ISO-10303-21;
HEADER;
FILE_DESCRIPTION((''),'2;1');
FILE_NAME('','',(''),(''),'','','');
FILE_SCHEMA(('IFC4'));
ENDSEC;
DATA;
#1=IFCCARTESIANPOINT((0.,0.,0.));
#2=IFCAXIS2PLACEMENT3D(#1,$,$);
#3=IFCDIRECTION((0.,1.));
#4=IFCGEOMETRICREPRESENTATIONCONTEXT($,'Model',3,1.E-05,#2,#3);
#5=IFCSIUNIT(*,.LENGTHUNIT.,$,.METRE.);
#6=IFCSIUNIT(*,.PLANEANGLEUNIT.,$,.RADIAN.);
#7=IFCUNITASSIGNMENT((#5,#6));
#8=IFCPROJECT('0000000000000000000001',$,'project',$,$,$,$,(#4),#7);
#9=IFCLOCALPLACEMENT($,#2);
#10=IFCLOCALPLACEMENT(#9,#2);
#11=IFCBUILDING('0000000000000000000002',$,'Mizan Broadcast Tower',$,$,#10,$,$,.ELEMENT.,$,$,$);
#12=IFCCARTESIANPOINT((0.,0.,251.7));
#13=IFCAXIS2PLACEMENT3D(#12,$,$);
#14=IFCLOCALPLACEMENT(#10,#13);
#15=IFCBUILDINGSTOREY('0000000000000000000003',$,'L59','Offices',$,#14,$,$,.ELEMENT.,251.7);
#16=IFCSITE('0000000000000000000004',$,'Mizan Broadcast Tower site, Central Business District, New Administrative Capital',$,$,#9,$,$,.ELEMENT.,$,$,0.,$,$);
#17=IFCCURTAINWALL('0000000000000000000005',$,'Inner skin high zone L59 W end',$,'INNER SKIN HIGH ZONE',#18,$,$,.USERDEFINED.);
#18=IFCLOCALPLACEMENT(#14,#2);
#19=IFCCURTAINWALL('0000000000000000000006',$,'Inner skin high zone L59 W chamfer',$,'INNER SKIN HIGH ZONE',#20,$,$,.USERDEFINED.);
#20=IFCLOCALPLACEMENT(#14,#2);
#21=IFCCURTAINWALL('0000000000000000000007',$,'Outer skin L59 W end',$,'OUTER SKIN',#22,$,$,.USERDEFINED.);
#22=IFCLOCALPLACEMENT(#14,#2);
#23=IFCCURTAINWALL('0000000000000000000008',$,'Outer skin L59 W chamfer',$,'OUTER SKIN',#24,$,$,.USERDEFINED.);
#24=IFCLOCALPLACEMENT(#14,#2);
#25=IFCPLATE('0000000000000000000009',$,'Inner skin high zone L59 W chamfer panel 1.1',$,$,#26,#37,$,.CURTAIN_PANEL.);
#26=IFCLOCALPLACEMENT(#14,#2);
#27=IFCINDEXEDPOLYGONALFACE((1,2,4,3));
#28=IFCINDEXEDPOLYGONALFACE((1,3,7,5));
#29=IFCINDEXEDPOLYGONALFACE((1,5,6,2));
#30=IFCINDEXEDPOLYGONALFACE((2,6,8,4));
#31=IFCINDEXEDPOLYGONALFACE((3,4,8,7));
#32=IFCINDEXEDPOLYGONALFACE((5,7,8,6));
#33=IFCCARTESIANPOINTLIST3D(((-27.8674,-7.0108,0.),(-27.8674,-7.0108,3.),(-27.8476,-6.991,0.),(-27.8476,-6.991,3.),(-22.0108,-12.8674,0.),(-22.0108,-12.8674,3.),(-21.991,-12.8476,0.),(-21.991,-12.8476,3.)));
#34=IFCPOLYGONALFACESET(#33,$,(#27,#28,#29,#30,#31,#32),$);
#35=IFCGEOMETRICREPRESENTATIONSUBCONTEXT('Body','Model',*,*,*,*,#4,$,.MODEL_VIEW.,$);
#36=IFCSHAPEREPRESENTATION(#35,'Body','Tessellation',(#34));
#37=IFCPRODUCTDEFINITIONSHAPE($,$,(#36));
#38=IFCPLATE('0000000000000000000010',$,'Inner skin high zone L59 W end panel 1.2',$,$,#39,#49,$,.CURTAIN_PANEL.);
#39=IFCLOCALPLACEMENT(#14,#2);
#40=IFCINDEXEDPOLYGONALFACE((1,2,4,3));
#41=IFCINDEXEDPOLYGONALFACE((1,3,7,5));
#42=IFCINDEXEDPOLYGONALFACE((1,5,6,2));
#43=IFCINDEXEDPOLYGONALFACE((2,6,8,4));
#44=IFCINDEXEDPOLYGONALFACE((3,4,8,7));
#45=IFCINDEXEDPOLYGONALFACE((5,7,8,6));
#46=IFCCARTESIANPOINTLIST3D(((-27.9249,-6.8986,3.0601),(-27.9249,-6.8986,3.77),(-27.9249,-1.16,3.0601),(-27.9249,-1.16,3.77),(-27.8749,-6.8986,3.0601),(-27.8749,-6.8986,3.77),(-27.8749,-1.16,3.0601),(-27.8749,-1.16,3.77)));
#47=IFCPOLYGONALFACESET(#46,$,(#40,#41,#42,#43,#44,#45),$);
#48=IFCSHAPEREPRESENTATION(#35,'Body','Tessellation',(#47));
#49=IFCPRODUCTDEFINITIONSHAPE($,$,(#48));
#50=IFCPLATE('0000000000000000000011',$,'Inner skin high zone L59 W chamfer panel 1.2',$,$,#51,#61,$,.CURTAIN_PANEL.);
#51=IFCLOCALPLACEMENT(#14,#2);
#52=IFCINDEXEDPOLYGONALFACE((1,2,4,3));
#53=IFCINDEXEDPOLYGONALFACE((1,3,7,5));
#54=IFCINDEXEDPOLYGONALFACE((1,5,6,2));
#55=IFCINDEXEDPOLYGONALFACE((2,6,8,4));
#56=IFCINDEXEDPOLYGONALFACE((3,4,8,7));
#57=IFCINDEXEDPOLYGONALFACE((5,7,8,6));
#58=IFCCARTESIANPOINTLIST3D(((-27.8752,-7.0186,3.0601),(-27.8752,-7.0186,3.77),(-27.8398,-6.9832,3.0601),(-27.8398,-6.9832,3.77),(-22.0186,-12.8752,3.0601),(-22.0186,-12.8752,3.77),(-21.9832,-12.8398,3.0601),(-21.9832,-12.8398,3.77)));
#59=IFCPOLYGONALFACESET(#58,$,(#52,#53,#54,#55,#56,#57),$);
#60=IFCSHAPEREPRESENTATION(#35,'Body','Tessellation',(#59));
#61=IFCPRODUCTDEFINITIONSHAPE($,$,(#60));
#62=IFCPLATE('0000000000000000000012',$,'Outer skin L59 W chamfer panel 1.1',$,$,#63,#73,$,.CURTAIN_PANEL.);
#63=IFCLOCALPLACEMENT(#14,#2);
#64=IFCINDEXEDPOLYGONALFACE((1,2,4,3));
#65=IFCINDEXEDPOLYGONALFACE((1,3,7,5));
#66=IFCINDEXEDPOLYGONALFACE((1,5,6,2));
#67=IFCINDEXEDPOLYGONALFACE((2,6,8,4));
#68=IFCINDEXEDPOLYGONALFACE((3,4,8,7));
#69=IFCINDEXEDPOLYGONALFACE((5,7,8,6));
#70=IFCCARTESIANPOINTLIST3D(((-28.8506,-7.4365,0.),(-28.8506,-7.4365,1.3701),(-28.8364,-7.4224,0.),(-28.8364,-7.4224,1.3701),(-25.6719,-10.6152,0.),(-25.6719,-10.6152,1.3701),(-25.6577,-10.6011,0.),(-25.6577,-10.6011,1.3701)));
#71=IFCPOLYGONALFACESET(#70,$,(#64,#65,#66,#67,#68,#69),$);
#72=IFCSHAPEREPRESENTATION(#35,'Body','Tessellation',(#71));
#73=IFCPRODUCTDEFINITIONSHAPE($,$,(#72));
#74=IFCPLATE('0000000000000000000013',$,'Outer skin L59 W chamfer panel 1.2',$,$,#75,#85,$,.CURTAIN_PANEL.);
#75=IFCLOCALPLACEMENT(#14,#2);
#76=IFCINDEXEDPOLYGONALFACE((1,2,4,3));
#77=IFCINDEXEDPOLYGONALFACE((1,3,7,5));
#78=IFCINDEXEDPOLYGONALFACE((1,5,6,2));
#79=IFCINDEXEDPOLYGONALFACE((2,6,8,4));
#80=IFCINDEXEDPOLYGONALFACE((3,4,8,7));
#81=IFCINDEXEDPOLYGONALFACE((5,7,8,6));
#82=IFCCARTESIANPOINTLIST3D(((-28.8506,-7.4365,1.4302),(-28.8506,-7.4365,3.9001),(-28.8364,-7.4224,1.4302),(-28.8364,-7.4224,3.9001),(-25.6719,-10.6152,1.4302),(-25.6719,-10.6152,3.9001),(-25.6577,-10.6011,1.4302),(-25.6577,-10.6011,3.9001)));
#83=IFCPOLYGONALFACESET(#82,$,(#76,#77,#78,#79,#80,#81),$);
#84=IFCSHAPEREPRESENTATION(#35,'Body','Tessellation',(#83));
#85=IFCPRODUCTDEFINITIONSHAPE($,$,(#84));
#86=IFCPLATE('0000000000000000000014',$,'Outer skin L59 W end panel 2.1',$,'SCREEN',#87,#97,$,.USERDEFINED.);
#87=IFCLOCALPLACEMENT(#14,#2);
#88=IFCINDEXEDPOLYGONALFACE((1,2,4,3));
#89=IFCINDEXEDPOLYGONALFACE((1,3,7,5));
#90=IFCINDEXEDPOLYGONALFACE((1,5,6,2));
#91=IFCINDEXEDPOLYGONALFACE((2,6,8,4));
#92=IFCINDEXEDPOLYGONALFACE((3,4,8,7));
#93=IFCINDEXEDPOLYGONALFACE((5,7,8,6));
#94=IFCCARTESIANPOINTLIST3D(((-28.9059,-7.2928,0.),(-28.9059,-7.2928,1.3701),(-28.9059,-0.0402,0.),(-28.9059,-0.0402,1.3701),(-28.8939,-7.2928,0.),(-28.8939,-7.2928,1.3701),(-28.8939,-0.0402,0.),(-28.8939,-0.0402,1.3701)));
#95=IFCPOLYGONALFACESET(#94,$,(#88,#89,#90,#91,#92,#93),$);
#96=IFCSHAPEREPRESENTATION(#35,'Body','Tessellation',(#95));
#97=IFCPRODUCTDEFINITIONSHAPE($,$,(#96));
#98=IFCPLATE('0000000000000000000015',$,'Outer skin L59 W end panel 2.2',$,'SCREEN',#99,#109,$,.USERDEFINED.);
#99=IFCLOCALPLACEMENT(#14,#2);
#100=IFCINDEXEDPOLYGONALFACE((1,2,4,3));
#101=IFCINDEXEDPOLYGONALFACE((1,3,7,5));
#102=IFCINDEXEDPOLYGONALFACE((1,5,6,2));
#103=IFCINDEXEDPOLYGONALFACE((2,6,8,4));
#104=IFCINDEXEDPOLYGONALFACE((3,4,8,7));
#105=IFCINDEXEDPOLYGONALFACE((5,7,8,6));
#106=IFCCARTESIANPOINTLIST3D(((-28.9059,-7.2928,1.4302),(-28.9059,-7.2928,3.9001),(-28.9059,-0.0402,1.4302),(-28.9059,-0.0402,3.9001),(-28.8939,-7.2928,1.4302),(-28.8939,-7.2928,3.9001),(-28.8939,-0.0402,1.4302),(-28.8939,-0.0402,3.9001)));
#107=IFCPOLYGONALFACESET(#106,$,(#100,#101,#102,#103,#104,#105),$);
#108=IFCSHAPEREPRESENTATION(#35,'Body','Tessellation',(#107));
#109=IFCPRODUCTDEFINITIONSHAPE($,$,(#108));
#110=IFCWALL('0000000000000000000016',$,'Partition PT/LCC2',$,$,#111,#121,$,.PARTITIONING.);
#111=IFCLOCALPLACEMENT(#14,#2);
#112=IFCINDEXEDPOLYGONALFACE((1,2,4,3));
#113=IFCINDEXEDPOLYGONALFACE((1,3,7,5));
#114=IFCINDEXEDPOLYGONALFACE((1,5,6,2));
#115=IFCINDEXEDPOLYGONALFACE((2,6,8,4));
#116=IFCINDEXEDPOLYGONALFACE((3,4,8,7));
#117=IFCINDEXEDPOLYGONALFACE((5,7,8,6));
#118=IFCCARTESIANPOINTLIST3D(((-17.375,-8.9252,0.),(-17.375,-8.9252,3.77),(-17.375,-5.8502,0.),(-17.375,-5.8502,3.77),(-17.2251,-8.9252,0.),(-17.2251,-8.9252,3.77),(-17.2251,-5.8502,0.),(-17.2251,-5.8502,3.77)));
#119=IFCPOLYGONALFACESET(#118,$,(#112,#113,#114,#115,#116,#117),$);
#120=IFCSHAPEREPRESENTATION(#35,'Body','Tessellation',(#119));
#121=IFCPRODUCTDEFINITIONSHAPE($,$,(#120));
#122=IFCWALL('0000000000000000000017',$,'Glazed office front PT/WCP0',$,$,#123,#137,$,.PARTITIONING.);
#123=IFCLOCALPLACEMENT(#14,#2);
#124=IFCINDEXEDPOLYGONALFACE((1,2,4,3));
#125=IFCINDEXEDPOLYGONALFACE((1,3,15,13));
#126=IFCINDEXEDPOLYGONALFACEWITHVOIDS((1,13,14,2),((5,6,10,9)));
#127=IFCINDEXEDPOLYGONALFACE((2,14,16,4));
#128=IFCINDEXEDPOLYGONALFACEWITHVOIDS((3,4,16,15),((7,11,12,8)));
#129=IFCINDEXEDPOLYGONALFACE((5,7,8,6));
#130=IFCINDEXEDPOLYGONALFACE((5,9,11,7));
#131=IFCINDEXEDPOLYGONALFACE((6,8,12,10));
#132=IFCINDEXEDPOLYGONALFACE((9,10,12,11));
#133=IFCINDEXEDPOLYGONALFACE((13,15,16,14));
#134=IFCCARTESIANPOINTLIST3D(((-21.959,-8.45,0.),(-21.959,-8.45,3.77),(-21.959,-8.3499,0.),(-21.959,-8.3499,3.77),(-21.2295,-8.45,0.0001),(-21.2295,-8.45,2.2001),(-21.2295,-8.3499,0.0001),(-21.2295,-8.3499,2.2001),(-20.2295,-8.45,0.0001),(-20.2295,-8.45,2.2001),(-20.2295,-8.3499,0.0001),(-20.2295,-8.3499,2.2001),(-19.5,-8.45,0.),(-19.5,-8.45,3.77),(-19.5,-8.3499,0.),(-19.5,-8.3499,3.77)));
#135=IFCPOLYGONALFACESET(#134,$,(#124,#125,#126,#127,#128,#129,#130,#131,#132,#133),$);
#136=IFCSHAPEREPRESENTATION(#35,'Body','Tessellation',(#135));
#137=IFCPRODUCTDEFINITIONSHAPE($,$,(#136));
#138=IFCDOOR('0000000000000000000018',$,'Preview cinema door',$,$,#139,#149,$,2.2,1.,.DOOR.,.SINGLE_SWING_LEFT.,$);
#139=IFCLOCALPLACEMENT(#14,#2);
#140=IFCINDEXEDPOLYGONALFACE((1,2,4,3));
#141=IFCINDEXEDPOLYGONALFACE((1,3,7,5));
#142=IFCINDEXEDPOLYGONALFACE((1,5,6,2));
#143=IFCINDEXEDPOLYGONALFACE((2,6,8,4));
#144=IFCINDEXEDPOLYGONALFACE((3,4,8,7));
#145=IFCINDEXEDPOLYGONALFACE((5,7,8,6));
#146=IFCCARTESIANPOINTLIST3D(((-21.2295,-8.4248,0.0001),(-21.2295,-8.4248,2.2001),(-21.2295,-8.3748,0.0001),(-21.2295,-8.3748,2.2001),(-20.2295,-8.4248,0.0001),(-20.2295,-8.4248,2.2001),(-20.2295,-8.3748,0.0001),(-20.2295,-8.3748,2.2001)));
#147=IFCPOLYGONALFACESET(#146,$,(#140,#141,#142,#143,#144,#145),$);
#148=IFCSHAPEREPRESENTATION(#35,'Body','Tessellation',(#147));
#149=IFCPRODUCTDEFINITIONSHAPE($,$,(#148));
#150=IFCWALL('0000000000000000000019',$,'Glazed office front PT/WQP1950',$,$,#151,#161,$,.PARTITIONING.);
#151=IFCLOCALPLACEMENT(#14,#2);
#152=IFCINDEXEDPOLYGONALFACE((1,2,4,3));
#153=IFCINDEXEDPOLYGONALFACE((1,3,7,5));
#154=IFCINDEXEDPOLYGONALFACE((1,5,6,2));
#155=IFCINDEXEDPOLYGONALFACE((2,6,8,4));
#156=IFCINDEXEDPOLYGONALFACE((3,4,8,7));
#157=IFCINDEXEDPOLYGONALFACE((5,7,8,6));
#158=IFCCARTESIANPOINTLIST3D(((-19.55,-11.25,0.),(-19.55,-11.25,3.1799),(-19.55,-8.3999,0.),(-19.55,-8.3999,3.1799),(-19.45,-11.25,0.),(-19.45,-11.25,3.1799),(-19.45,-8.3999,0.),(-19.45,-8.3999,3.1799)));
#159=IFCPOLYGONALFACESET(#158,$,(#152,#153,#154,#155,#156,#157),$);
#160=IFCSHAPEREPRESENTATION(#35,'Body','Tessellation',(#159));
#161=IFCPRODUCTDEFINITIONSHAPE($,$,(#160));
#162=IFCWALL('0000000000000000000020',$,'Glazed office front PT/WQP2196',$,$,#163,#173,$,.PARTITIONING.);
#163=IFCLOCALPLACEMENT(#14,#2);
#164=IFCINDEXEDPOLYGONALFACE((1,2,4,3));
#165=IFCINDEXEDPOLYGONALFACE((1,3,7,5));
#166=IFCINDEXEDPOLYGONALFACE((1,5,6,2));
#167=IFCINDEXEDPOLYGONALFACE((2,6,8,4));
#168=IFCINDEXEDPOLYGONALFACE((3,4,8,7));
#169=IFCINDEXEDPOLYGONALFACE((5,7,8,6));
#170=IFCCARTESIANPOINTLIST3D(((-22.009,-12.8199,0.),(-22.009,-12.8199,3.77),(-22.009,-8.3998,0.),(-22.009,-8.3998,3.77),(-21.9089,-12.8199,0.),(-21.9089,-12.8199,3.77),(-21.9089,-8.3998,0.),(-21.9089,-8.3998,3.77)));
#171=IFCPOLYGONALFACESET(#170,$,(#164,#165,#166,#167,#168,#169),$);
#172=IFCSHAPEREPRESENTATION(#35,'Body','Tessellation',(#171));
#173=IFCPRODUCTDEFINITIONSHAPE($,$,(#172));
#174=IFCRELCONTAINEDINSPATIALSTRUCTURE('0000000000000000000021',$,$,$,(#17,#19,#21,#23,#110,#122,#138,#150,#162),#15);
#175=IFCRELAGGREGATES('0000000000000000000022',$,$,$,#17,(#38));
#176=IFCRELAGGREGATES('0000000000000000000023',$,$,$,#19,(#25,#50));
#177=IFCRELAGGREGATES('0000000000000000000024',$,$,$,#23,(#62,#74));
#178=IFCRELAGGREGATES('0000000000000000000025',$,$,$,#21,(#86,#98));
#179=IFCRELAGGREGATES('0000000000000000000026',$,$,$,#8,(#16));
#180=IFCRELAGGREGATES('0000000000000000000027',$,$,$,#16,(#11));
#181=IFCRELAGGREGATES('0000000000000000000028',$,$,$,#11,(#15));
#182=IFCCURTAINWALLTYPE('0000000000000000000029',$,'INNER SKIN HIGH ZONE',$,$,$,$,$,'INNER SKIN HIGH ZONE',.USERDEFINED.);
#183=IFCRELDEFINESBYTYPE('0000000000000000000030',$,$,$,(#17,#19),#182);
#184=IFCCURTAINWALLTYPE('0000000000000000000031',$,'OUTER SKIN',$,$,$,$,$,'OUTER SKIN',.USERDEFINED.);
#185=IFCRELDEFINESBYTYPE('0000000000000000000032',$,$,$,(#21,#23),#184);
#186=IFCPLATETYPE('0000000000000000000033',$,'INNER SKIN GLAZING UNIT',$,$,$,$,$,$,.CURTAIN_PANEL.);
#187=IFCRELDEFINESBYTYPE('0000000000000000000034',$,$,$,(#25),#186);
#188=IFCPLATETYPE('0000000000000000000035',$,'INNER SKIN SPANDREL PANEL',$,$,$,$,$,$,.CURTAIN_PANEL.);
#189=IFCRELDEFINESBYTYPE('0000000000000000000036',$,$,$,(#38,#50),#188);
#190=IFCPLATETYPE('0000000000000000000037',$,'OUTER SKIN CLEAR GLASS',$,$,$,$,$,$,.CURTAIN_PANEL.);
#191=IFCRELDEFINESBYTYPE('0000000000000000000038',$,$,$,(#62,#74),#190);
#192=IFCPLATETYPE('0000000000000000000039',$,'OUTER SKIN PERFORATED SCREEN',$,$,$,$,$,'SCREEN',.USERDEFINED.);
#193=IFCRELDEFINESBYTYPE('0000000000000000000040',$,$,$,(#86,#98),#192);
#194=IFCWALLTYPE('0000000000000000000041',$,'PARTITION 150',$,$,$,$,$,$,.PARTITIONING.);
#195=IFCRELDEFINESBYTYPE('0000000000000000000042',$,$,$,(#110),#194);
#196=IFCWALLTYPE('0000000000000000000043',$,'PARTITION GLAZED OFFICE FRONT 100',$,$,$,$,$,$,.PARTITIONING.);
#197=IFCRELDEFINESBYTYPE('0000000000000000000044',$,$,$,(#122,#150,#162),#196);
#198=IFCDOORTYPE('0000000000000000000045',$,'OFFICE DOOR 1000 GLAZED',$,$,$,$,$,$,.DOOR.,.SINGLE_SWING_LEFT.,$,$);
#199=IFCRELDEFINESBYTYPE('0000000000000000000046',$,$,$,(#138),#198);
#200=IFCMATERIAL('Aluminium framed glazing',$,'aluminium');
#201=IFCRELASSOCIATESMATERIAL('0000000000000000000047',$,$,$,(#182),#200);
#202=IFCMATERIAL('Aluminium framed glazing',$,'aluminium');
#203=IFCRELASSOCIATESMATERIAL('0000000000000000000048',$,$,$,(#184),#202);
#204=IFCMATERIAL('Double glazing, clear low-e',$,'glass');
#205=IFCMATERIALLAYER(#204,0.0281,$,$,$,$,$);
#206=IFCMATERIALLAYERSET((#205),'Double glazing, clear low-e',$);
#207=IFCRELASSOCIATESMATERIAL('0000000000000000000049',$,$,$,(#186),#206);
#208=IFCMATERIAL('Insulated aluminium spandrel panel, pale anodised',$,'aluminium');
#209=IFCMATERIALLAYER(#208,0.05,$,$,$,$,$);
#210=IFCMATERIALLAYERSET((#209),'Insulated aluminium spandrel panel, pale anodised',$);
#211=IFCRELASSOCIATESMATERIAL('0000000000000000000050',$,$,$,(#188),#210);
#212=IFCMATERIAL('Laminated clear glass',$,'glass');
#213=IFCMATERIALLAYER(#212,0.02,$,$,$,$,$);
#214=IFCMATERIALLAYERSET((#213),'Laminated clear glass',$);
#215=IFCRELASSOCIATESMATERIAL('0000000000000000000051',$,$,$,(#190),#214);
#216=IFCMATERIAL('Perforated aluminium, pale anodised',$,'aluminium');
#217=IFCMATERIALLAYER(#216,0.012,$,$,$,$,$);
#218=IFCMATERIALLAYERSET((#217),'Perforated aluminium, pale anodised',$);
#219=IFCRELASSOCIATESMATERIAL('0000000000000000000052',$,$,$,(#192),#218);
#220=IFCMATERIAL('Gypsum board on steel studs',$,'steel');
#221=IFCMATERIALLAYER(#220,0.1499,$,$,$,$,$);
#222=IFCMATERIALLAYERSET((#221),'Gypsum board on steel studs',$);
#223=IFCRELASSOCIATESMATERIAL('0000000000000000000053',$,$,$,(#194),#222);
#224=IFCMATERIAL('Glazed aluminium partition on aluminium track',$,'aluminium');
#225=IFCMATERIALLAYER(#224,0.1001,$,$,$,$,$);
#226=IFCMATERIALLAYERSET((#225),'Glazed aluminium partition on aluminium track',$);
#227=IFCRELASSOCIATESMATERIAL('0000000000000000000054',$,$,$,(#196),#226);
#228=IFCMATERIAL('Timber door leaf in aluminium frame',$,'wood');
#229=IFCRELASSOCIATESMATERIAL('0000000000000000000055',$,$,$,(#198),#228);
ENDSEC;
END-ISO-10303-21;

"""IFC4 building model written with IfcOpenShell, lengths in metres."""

from ifc_helpers import new_model, si_unit, direction, frame, frame_2d, origin, origin_2d, place, context, subcontext, project, spatial, rectangle, extrude, material, layer, layer_set, type_object, element, fill, aggregate, save


model = new_model("IFC4")

# Units and contexts
model_context = context("Model", 3, precision=1e-05, world=origin(), true_north=direction((0.0, 1.0)))
body_context = subcontext(model_context, "Body", "Model", "MODEL_VIEW")
ifc_project = project(units=[si_unit("LENGTHUNIT", "METRE"), si_unit("PLANEANGLEUNIT", "RADIAN")], contexts=[model_context])

# Site, building, storey
site_placement = place(None, origin())
site = spatial("IfcSite", under=ifc_project, at=site_placement, Name="Mizan Broadcast Tower site, Central Business District, New Administrative Capital", CompositionType="ELEMENT", RefElevation=0.0)
building_placement = place(site_placement, origin())
building = spatial("IfcBuilding", under=site, at=building_placement, Name="Mizan Broadcast Tower", CompositionType="ELEMENT")
storey_placement = place(building_placement, frame((0.0, 0.0, 251.7)))
storey = spatial("IfcBuildingStorey", under=building, at=storey_placement, Name="L59", Description="Offices", CompositionType="ELEMENT", Elevation=251.7)

# Curtain wall
ifc_material_1 = material(Name="Aluminium framed glazing", Category="aluminium")
curtain_wall_type_1 = type_object("IfcCurtainWallType", Name="INNER SKIN HIGH ZONE", ElementType="INNER SKIN HIGH ZONE", PredefinedType="USERDEFINED", material=ifc_material_1)
curtain_wall_1_placement = place(storey_placement, origin())
curtain_wall_1 = element("IfcCurtainWall", 1, at=curtain_wall_1_placement, inside=storey, type_object=curtain_wall_type_1, Name="Inner skin high zone L59 W end", ObjectType="INNER SKIN HIGH ZONE", PredefinedType="USERDEFINED")

# Curtain walls
curtain_wall_2_placement = place(storey_placement, origin())
curtain_wall_2 = element("IfcCurtainWall", 2, at=curtain_wall_2_placement, inside=storey, type_object=curtain_wall_type_1, Name="Inner skin high zone L59 W chamfer", ObjectType="INNER SKIN HIGH ZONE", PredefinedType="USERDEFINED")
ifc_material_2 = material(Name="Aluminium framed glazing", Category="aluminium")
curtain_wall_type_2 = type_object("IfcCurtainWallType", Name="OUTER SKIN", ElementType="OUTER SKIN", PredefinedType="USERDEFINED", material=ifc_material_2)
curtain_wall_3_placement = place(storey_placement, origin())
curtain_wall_3 = element("IfcCurtainWall", 3, at=curtain_wall_3_placement, inside=storey, type_object=curtain_wall_type_2, Name="Outer skin L59 W end", ObjectType="OUTER SKIN", PredefinedType="USERDEFINED")
curtain_wall_4_placement = place(storey_placement, origin())
curtain_wall_4 = element("IfcCurtainWall", 4, at=curtain_wall_4_placement, inside=storey, type_object=curtain_wall_type_2, Name="Outer skin L59 W chamfer", ObjectType="OUTER SKIN", PredefinedType="USERDEFINED")

# Plates
ifc_material_3 = material(Name="Double glazing, clear low-e", Category="glass")
ifc_layer_1 = layer(ifc_material_3, 0.0281)
ifc_layer_set_1 = layer_set([ifc_layer_1], Name="Double glazing, clear low-e")
plate_type_1 = type_object("IfcPlateType", Name="INNER SKIN GLAZING UNIT", PredefinedType="CURTAIN_PANEL", material=ifc_layer_set_1)
plate_1_placement = place(storey_placement, frame((-24.9292, -9.9292, 0.0), z_axis=(0.0, 0.0, 1.0), x_axis=(0.707107, -0.707107, 0.0)))
plate_1 = element("IfcPlate", 5, at=plate_1_placement, type_object=plate_type_1, Name="Inner skin high zone L59 W chamfer panel 1.1", PredefinedType="CURTAIN_PANEL", context=body_context, shape_type="SweptSolid", body=[
    extrude(rectangle(XDim=8.2825, YDim=0.0281, at=origin_2d()), origin(), (0.0, 0.0, 1.0), 3.0),
])
ifc_material_4 = material(Name="Insulated aluminium spandrel panel, pale anodised", Category="aluminium")
ifc_layer_2 = layer(ifc_material_4, 0.05)
ifc_layer_set_2 = layer_set([ifc_layer_2], Name="Insulated aluminium spandrel panel, pale anodised")
plate_type_2 = type_object("IfcPlateType", Name="INNER SKIN SPANDREL PANEL", PredefinedType="CURTAIN_PANEL", material=ifc_layer_set_2)
plate_2_placement = place(storey_placement, frame((-27.8999, -4.0293, 3.0601), z_axis=(0.0, 0.0, 1.0), x_axis=(0.0, -1.0, 0.0)))
plate_2 = element("IfcPlate", 6, at=plate_2_placement, type_object=plate_type_2, Name="Inner skin high zone L59 W end panel 1.2", PredefinedType="CURTAIN_PANEL", context=body_context, shape_type="SweptSolid", body=[
    extrude(rectangle(XDim=5.7385, YDim=0.05, at=origin_2d()), origin(), (0.0, 0.0, 1.0), 0.71),
])
aggregate(curtain_wall_1, [plate_2])
plate_3_placement = place(storey_placement, frame((-24.9292, -9.9292, 3.0601), z_axis=(0.0, 0.0, 1.0), x_axis=(0.707107, -0.707107, 0.0)))
plate_3 = element("IfcPlate", 7, at=plate_3_placement, type_object=plate_type_2, Name="Inner skin high zone L59 W chamfer panel 1.2", PredefinedType="CURTAIN_PANEL", context=body_context, shape_type="SweptSolid", body=[
    extrude(rectangle(XDim=8.2825, YDim=0.05, at=origin_2d()), origin(), (0.0, 0.0, 1.0), 0.71),
])
aggregate(curtain_wall_2, [plate_1, plate_3])
ifc_material_5 = material(Name="Laminated clear glass", Category="glass")
ifc_layer_3 = layer(ifc_material_5, 0.02)
ifc_layer_set_3 = layer_set([ifc_layer_3], Name="Laminated clear glass")
plate_type_3 = type_object("IfcPlateType", Name="OUTER SKIN CLEAR GLASS", PredefinedType="CURTAIN_PANEL", material=ifc_layer_set_3)
plate_4_placement = place(storey_placement, frame((-27.2542, -9.0188, 0.0), z_axis=(0.0, 0.0, 1.0), x_axis=(0.707107, -0.707107, 0.0)))
plate_4 = element("IfcPlate", 8, at=plate_4_placement, type_object=plate_type_3, Name="Outer skin L59 W chamfer panel 1.1", PredefinedType="CURTAIN_PANEL", context=body_context, shape_type="SweptSolid", body=[
    extrude(rectangle(XDim=4.4954, YDim=0.02, at=origin_2d()), origin(), (0.0, 0.0, 1.0), 1.3701),
])
plate_5_placement = place(storey_placement, frame((-27.2542, -9.0188, 1.4302), z_axis=(0.0, 0.0, 1.0), x_axis=(0.707107, -0.707107, 0.0)))
plate_5 = element("IfcPlate", 9, at=plate_5_placement, type_object=plate_type_3, Name="Outer skin L59 W chamfer panel 1.2", PredefinedType="CURTAIN_PANEL", context=body_context, shape_type="SweptSolid", body=[
    extrude(rectangle(XDim=4.4954, YDim=0.02, at=origin_2d()), origin(), (0.0, 0.0, 1.0), 2.47),
])
aggregate(curtain_wall_4, [plate_4, plate_5])
ifc_material_6 = material(Name="Perforated aluminium, pale anodised", Category="aluminium")
ifc_layer_4 = layer(ifc_material_6, 0.012)
ifc_layer_set_4 = layer_set([ifc_layer_4], Name="Perforated aluminium, pale anodised")
plate_type_4 = type_object("IfcPlateType", Name="OUTER SKIN PERFORATED SCREEN", ElementType="SCREEN", PredefinedType="USERDEFINED", material=ifc_layer_set_4)
plate_6_placement = place(storey_placement, frame((-28.8999, -3.6665, 0.0), z_axis=(0.0, 0.0, 1.0), x_axis=(0.0, -1.0, 0.0)))
plate_6 = element("IfcPlate", 10, at=plate_6_placement, type_object=plate_type_4, Name="Outer skin L59 W end panel 2.1", ObjectType="SCREEN", PredefinedType="USERDEFINED", context=body_context, shape_type="SweptSolid", body=[
    extrude(rectangle(XDim=7.2527, YDim=0.012, at=origin_2d()), origin(), (0.0, 0.0, 1.0), 1.3701),
])
plate_7_placement = place(storey_placement, frame((-28.8999, -3.6665, 1.4302), z_axis=(0.0, 0.0, 1.0), x_axis=(0.0, -1.0, 0.0)))
plate_7 = element("IfcPlate", 11, at=plate_7_placement, type_object=plate_type_4, Name="Outer skin L59 W end panel 2.2", ObjectType="SCREEN", PredefinedType="USERDEFINED", context=body_context, shape_type="SweptSolid", body=[
    extrude(rectangle(XDim=7.2527, YDim=0.012, at=origin_2d()), origin(), (0.0, 0.0, 1.0), 2.47),
])
aggregate(curtain_wall_3, [plate_6, plate_7])

# Wall
ifc_material_7 = material(Name="Gypsum board on steel studs", Category="steel")
ifc_layer_5 = layer(ifc_material_7, 0.1499)
ifc_layer_set_5 = layer_set([ifc_layer_5], Name="Gypsum board on steel studs")
wall_type_1 = type_object("IfcWallType", Name="PARTITION 150", PredefinedType="PARTITIONING", material=ifc_layer_set_5)
wall_1_placement = place(storey_placement, frame((-17.3, -5.8501, 0.0), z_axis=(0.0, 0.0, 1.0), x_axis=(0.0, -1.0, 0.0)))
element("IfcWall", 12, at=wall_1_placement, inside=storey, type_object=wall_type_1, Name="Partition PT/LCC2", PredefinedType="PARTITIONING", context=body_context, shape_type="SweptSolid", body=[
    extrude(rectangle(XDim=3.075, YDim=0.1499, at=frame_2d((1.5376, 0.0))), origin(), (0.0, 0.0, 1.0), 3.77),
])

# Wall, opening, door
ifc_material_8 = material(Name="Glazed aluminium partition on aluminium track", Category="aluminium")
ifc_layer_6 = layer(ifc_material_8, 0.1001)
ifc_layer_set_6 = layer_set([ifc_layer_6], Name="Glazed aluminium partition on aluminium track")
wall_type_2 = type_object("IfcWallType", Name="PARTITION GLAZED OFFICE FRONT 100", PredefinedType="PARTITIONING", material=ifc_layer_set_6)
wall_2_placement = place(storey_placement, frame((-19.5, -8.3999, 0.0), z_axis=(0.0, 0.0, 1.0), x_axis=(-1.0, 0.0, 0.0)))
wall_2 = element("IfcWall", 13, at=wall_2_placement, inside=storey, type_object=wall_type_2, Name="Glazed office front PT/WCP0", PredefinedType="PARTITIONING", context=body_context, shape_type="SweptSolid", body=[
    extrude(rectangle(XDim=2.459, YDim=0.1001, at=frame_2d((1.2295, 0.0))), origin(), (0.0, 0.0, 1.0), 3.77),
])
opening_placement = place(wall_2_placement, frame((0.7295, 0.0, 0.0)))
opening = element("IfcOpeningElement", 14, at=opening_placement, cuts=wall_2, PredefinedType="OPENING", context=body_context, shape_type="SweptSolid", body=[
    extrude(rectangle(XDim=1.0, YDim=2.2, at=frame_2d((0.5, 1.1001))), frame((0.0, 0.0601, 0.0), z_axis=(0.0, -1.0, 0.0), x_axis=(1.0, 0.0, 0.0)), (0.0, 0.0, 1.0), 0.1201),
])
ifc_material_9 = material(Name="Timber door leaf in aluminium frame", Category="wood")
door_type = type_object("IfcDoorType", Name="OFFICE DOOR 1000 GLAZED", OperationType="SINGLE_SWING_LEFT", PredefinedType="DOOR", material=ifc_material_9)
door_placement = place(opening_placement, origin())
door = element("IfcDoor", 15, at=door_placement, inside=storey, type_object=door_type, Name="Preview cinema door", OperationType="SINGLE_SWING_LEFT", OverallHeight=2.2, OverallWidth=1.0, PredefinedType="DOOR", context=body_context, shape_type="SweptSolid", body=[
    extrude(rectangle(XDim=1.0, YDim=2.2, at=frame_2d((0.5, 1.1001))), frame((0.0, 0.0249, 0.0), z_axis=(0.0, -1.0, 0.0), x_axis=(1.0, 0.0, 0.0)), (0.0, 0.0, 1.0), 0.05),
])
fill(opening, door)

# Walls
wall_3_placement = place(storey_placement, frame((-19.5, -8.3999, 0.0), z_axis=(0.0, 0.0, 1.0), x_axis=(0.0, -1.0, 0.0)))
element("IfcWall", 16, at=wall_3_placement, inside=storey, type_object=wall_type_2, Name="Glazed office front PT/WQP1950", PredefinedType="PARTITIONING", context=body_context, shape_type="SweptSolid", body=[
    extrude(rectangle(XDim=2.8501, YDim=0.1001, at=frame_2d((1.425, 0.0))), origin(), (0.0, 0.0, 1.0), 3.1799),
])
wall_4_placement = place(storey_placement, frame((-21.959, -8.3999, 0.0), z_axis=(0.0, 0.0, 1.0), x_axis=(0.0, -1.0, 0.0)))
element("IfcWall", 17, at=wall_4_placement, inside=storey, type_object=wall_type_2, Name="Glazed office front PT/WQP2196", PredefinedType="PARTITIONING", context=body_context, shape_type="SweptSolid", body=[
    extrude(rectangle(XDim=4.4202, YDim=0.1001, at=frame_2d((2.21, 0.0))), origin(), (0.0, 0.0, 1.0), 3.77),
])

save(model, "model.ifc")
